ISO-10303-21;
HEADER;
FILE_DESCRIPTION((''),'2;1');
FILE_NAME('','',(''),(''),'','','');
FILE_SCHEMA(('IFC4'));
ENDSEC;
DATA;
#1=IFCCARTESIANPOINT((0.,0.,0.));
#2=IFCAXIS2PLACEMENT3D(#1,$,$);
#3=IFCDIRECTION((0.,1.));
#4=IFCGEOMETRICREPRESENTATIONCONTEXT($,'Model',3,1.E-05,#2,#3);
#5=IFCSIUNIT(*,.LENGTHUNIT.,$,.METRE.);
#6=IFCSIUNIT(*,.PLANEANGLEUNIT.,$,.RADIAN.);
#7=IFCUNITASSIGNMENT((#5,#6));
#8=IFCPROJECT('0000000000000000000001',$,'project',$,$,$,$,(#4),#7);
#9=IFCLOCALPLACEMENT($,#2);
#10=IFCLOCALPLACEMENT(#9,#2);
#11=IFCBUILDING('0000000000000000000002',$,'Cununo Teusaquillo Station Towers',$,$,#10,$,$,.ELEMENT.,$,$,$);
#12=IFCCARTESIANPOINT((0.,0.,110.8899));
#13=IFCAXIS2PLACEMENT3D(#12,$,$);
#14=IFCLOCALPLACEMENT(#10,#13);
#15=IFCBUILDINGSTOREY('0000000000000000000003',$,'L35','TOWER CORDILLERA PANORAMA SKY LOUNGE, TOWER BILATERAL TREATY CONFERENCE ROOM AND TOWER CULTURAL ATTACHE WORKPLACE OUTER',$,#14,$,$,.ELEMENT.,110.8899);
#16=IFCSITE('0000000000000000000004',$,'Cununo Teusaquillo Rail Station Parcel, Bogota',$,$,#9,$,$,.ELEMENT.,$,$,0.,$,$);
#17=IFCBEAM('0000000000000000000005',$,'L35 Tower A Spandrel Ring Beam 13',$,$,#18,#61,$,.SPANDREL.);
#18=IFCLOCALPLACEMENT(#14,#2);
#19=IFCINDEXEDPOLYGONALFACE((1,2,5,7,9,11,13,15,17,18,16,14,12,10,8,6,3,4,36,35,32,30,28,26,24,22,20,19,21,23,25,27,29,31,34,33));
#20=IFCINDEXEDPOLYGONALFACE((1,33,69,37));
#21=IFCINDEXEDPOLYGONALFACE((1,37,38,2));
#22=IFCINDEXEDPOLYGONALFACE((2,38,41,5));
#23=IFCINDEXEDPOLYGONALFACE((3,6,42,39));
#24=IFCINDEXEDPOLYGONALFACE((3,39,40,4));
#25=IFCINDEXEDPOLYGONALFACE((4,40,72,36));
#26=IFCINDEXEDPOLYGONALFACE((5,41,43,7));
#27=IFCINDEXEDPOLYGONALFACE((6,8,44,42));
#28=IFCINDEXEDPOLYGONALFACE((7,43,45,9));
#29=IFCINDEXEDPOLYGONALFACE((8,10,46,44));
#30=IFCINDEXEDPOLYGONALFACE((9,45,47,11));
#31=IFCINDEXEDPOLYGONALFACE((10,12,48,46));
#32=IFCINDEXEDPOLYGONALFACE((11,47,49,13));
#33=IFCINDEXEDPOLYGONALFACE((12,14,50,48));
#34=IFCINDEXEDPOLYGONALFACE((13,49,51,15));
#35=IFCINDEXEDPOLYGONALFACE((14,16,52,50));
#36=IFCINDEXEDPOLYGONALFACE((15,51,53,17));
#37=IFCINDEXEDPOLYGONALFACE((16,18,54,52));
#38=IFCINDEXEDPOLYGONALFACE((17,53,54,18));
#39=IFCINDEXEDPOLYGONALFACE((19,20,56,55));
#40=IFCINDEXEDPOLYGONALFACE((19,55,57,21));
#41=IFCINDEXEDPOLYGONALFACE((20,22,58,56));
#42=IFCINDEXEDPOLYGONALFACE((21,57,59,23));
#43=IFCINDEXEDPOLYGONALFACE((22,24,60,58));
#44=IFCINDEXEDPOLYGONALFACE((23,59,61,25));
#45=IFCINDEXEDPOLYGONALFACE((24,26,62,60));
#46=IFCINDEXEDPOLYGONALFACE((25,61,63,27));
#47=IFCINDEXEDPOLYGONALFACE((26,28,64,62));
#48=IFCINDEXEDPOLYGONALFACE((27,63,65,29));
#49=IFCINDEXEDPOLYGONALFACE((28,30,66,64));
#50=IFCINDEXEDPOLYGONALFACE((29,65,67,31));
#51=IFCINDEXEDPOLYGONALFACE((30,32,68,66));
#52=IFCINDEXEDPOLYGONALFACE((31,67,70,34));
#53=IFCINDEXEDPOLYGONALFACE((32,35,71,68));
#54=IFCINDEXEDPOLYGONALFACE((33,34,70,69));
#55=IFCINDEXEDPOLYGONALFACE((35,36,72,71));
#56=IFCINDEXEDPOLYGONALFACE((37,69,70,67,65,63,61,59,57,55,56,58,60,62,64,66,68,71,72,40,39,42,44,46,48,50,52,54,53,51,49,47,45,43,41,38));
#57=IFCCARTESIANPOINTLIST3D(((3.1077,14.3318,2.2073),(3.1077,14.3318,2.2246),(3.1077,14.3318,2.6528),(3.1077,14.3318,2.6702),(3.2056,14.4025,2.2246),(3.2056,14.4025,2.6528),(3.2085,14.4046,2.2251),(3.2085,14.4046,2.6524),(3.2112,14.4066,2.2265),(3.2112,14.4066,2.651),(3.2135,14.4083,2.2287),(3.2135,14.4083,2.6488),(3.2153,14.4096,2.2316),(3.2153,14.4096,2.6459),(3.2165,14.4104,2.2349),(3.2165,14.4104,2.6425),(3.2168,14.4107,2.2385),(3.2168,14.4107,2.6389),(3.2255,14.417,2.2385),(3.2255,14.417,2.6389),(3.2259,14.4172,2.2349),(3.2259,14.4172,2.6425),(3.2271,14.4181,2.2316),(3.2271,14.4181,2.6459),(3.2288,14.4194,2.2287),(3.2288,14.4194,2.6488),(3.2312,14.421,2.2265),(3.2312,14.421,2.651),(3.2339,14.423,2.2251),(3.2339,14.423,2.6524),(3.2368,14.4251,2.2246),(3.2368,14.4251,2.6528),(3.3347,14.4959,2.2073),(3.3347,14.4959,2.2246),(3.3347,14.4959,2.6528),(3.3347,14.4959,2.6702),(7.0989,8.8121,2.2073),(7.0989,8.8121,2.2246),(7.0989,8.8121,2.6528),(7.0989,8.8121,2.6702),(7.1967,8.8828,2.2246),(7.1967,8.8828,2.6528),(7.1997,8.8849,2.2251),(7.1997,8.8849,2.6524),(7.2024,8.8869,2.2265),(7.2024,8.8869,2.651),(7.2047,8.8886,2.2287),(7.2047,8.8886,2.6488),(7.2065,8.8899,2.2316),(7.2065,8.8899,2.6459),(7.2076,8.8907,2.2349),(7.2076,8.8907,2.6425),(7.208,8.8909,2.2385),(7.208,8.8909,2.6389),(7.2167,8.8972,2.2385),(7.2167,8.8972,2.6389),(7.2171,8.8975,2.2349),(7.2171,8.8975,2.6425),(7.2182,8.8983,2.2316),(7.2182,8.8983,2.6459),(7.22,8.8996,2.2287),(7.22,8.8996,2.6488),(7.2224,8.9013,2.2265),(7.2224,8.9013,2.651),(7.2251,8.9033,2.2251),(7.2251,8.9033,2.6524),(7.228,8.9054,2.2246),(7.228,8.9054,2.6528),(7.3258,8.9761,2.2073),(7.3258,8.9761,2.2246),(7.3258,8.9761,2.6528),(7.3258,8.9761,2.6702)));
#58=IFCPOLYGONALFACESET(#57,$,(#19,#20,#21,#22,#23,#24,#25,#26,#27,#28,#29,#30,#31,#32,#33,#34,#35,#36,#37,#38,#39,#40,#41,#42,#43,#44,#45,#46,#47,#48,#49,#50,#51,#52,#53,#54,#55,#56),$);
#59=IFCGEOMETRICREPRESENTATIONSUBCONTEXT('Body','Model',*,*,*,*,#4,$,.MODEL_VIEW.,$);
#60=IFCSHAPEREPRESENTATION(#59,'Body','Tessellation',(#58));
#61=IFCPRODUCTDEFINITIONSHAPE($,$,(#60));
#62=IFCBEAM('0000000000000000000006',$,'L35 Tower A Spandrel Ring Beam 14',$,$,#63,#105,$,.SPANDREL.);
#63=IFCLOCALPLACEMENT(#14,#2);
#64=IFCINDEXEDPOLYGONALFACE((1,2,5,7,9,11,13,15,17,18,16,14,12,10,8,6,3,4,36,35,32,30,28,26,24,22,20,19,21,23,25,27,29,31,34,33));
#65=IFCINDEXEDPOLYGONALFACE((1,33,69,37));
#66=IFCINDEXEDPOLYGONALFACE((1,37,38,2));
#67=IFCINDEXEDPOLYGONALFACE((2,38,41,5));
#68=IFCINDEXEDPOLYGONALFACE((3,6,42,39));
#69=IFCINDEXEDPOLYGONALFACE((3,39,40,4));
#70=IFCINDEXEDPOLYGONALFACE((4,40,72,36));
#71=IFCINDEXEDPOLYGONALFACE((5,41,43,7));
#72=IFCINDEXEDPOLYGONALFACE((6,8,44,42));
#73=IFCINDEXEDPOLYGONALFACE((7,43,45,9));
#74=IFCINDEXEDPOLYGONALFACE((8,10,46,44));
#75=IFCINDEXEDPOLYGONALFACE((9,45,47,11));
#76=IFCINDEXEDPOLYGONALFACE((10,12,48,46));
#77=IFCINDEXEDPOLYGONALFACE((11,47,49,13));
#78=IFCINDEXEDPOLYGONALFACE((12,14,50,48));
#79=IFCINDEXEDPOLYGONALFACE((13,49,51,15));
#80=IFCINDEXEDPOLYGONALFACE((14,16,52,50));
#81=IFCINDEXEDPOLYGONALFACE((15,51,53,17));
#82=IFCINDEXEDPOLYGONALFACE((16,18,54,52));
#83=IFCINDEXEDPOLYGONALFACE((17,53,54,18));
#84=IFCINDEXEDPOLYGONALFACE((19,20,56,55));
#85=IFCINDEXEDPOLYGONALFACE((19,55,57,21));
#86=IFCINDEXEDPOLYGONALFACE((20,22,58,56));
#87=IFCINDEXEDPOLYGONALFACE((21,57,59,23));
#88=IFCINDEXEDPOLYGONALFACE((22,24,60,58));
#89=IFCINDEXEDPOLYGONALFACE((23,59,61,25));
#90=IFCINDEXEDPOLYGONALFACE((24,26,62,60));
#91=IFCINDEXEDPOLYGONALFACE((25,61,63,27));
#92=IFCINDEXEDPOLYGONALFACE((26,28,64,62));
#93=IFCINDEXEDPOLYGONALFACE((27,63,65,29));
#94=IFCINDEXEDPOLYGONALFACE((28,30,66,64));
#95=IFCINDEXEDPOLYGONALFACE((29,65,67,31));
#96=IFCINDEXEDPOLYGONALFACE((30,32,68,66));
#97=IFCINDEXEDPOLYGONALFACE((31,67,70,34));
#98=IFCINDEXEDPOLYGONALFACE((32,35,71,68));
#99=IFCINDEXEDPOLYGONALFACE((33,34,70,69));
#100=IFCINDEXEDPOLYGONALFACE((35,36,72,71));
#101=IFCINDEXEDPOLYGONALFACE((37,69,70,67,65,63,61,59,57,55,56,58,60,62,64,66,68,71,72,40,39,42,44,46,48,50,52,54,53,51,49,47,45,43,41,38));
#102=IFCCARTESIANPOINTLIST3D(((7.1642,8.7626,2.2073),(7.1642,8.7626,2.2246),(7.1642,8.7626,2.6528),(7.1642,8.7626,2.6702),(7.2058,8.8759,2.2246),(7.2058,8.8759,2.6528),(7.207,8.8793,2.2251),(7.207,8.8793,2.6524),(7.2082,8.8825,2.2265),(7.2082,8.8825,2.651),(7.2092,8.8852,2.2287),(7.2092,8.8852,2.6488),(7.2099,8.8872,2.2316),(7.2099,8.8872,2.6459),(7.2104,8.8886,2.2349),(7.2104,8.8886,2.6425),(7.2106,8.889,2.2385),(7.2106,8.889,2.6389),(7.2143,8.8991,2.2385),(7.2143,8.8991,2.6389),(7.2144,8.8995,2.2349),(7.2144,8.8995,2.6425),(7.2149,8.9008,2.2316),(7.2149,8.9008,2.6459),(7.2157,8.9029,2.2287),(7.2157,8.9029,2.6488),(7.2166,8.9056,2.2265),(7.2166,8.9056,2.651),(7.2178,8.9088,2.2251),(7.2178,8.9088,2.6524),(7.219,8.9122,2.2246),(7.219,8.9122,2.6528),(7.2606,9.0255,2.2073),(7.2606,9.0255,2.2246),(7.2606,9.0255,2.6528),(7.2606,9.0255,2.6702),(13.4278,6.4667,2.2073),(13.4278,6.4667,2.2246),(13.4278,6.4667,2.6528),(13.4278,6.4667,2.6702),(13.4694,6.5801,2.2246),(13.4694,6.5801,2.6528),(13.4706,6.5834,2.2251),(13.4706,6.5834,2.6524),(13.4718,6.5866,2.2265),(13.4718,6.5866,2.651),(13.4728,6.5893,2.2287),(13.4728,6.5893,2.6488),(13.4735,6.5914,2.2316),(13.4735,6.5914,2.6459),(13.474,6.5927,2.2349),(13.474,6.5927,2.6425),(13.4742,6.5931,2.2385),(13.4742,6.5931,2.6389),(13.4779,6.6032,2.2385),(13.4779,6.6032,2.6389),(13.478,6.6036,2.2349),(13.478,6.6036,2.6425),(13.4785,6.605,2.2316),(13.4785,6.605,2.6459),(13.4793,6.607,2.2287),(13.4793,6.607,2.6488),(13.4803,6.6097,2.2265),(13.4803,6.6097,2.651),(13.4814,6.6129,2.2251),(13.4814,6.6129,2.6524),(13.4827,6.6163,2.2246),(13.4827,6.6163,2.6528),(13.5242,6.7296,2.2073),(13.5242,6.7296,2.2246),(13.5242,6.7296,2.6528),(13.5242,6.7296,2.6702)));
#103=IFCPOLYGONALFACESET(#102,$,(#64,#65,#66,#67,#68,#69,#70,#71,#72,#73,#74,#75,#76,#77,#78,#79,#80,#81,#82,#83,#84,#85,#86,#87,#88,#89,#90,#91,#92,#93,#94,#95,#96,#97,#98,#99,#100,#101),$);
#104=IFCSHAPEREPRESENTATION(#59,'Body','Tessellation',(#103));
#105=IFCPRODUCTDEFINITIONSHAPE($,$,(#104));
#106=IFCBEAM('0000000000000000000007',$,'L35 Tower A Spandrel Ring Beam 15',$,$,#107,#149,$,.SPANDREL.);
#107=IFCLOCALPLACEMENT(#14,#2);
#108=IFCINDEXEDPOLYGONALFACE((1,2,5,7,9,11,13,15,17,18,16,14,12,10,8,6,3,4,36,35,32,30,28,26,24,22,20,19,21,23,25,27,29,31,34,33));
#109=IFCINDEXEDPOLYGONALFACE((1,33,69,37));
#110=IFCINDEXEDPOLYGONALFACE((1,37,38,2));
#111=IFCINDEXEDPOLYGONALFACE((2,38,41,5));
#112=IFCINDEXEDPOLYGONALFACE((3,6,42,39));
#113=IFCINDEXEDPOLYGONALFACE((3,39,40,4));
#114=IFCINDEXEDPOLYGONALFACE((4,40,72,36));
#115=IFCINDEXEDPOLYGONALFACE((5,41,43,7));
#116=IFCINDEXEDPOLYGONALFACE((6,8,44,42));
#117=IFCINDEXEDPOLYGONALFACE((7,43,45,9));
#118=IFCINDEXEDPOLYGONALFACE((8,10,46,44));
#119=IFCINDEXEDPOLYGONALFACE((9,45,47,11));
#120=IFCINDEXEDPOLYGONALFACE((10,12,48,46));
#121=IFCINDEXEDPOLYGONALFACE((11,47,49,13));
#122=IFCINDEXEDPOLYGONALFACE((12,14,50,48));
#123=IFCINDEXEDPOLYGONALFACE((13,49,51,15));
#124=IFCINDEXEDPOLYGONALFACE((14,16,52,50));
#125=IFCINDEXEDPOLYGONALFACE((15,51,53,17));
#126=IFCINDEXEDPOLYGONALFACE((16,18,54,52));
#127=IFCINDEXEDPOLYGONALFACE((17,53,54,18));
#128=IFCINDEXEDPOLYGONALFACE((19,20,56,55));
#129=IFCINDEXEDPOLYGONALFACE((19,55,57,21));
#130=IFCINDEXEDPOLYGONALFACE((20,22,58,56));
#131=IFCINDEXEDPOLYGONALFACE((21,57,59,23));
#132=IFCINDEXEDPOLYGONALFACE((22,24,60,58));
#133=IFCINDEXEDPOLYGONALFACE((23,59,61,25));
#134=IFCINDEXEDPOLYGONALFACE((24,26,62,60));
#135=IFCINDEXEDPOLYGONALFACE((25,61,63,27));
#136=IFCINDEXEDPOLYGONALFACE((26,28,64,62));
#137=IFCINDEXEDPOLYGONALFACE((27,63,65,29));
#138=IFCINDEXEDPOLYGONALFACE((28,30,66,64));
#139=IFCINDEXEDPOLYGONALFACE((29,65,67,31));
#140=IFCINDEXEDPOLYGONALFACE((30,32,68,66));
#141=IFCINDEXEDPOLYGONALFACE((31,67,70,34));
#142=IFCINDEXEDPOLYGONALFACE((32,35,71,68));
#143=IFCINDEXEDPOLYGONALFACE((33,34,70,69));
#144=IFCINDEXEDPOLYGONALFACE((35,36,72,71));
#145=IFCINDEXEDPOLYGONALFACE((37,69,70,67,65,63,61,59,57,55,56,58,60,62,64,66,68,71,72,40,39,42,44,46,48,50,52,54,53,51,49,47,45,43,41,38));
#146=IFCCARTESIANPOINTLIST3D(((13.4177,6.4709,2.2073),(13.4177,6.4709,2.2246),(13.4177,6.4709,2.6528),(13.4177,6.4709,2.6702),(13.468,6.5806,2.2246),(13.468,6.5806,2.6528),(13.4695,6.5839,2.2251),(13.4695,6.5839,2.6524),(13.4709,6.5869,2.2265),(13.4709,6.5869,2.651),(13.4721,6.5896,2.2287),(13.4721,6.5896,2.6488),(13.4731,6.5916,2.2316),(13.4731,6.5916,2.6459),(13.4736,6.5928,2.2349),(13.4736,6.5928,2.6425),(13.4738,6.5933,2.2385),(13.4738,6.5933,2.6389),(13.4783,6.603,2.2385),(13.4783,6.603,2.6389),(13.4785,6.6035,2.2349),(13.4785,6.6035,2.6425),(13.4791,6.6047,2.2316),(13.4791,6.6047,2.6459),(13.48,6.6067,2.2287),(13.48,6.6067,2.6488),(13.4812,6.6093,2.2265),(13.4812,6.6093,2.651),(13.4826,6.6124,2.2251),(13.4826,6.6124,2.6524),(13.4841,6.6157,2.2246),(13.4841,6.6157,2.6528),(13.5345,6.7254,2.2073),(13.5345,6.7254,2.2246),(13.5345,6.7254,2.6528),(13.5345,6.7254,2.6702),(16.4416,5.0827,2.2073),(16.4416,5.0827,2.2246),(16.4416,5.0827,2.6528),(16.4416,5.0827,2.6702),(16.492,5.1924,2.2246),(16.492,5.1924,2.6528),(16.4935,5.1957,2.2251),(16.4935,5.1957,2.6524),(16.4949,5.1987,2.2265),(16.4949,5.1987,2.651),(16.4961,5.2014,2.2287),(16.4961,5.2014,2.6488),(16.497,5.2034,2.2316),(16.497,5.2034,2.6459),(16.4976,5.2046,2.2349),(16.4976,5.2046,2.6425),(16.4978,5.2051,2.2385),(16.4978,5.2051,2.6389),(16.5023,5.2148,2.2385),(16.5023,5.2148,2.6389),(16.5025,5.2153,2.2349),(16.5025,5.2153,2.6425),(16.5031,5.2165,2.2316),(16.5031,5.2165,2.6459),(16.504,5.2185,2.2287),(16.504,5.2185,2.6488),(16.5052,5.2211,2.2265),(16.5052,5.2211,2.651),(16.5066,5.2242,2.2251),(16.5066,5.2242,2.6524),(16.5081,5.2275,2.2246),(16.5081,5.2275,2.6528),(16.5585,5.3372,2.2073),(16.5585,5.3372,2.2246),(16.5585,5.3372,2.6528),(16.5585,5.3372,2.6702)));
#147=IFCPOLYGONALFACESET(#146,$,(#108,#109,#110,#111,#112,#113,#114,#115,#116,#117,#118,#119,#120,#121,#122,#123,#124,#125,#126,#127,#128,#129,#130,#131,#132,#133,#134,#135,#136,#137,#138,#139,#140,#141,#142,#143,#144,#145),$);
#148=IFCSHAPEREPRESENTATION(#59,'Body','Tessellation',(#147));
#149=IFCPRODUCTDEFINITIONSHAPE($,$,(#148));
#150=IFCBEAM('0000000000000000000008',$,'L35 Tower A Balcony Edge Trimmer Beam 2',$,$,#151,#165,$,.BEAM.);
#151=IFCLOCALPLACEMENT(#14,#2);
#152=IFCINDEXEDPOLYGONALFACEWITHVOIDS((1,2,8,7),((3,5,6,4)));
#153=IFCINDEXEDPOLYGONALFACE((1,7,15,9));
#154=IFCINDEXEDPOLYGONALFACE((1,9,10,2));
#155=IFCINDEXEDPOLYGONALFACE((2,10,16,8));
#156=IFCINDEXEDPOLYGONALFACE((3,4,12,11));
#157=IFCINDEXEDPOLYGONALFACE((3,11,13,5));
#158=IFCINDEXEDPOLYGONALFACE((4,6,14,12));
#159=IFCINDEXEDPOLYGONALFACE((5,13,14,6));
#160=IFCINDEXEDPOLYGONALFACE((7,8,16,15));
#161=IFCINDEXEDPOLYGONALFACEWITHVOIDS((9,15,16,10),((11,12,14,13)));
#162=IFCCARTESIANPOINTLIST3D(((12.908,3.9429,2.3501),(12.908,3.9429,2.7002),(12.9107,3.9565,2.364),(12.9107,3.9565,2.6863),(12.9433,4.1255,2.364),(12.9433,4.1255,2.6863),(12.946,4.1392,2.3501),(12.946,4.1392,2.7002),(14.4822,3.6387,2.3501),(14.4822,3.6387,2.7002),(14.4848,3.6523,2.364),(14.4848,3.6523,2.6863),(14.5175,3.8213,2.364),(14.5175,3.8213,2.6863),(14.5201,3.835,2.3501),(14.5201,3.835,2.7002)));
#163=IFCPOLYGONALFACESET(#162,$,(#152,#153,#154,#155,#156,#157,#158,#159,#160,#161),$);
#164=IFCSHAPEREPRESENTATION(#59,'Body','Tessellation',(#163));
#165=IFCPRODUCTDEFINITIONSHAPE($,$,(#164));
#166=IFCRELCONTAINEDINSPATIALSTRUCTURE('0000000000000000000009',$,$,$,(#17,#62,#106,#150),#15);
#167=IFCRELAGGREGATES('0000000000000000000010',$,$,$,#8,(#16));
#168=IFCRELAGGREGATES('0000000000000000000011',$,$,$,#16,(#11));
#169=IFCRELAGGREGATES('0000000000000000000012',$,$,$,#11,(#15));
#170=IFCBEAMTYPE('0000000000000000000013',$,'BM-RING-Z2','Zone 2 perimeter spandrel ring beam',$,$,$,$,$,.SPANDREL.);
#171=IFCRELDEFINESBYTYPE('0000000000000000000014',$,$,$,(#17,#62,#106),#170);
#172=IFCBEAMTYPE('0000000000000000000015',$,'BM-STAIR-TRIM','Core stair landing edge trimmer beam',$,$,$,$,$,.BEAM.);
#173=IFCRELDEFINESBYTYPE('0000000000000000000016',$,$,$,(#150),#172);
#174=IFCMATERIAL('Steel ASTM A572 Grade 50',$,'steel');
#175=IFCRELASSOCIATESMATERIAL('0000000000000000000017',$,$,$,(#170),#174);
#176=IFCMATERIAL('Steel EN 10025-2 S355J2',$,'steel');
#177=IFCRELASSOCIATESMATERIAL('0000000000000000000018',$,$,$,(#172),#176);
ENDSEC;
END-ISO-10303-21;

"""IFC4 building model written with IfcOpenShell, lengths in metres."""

from ifc_helpers import new_model, si_unit, direction, frame, origin, origin_2d, place, context, subcontext, project, spatial, hollow_rectangle, i_section, extrude, material, material_profile, profile_set, type_object, element, save


model = new_model("IFC4")

# Units and contexts
model_context = context("Model", 3, precision=1e-05, world=origin(), true_north=direction((0.0, 1.0)))
body_context = subcontext(model_context, "Body", "Model", "MODEL_VIEW")
ifc_project = project(units=[si_unit("LENGTHUNIT", "METRE"), si_unit("PLANEANGLEUNIT", "RADIAN")], contexts=[model_context])

# Site, building, storey
site_placement = place(None, origin())
site = spatial("IfcSite", under=ifc_project, at=site_placement, Name="Cununo Teusaquillo Rail Station Parcel, Bogota", CompositionType="ELEMENT", RefElevation=0.0)
building_placement = place(site_placement, origin())
building = spatial("IfcBuilding", under=site, at=building_placement, Name="Cununo Teusaquillo Station Towers", CompositionType="ELEMENT")
storey_placement = place(building_placement, frame((0.0, 0.0, 110.8899)))
storey = spatial("IfcBuildingStorey", under=building, at=storey_placement, Name="L35", Description="TOWER CORDILLERA PANORAMA SKY LOUNGE, TOWER BILATERAL TREATY CONFERENCE ROOM AND TOWER CULTURAL ATTACHE WORKPLACE OUTER", CompositionType="ELEMENT", Elevation=110.8899)

# Beams
ifc_material_1 = material(Name="Steel ASTM A572 Grade 50", Category="steel")
ifc_material_profile_1 = material_profile(ifc_material_1, i_section(OverallWidth=0.28, OverallDepth=0.4629, WebThickness=0.0107, FlangeThickness=0.0173, FilletRadius=0.0139, at=origin_2d()), Name="W18X76")
ifc_profile_set_1 = profile_set([ifc_material_profile_1], Name="Steel ASTM A572 Grade 50")
beam_type_1 = type_object("IfcBeamType", Name="BM-RING-Z2", Description="Zone 2 perimeter spandrel ring beam", PredefinedType="SPANDREL", material=ifc_profile_set_1)
beam_1_placement = place(storey_placement, frame((3.2212, 14.4138, 2.4387), z_axis=(0.585945, -0.810351, 0.0), x_axis=(0.810351, 0.585945, 0.0)))
element("IfcBeam", 1, at=beam_1_placement, inside=storey, type_object=beam_type_1, Name="L35 Tower A Spandrel Ring Beam 13", PredefinedType="SPANDREL", context=body_context, shape_type="SweptSolid", body=[
    extrude(i_section(OverallWidth=0.28, OverallDepth=0.4629, WebThickness=0.0107, FlangeThickness=0.0173, FilletRadius=0.0139, at=origin_2d()), origin(), (0.0, 0.0, 1.0), 6.8115),
])
beam_2_placement = place(storey_placement, frame((7.2124, 8.894, 2.4387), z_axis=(0.938914, -0.344151, 0.0), x_axis=(0.344151, 0.938914, 0.0)))
element("IfcBeam", 2, at=beam_2_placement, inside=storey, type_object=beam_type_1, Name="L35 Tower A Spandrel Ring Beam 14", PredefinedType="SPANDREL", context=body_context, shape_type="SweptSolid", body=[
    extrude(i_section(OverallWidth=0.28, OverallDepth=0.4629, WebThickness=0.0107, FlangeThickness=0.0173, FilletRadius=0.0139, at=origin_2d()), origin(), (0.0, 0.0, 1.0), 6.6711),
])
beam_3_placement = place(storey_placement, frame((13.4761, 6.5981, 2.4387), z_axis=(0.908812, -0.417205, 0.0), x_axis=(0.417205, 0.908812, 0.0)))
element("IfcBeam", 3, at=beam_3_placement, inside=storey, type_object=beam_type_1, Name="L35 Tower A Spandrel Ring Beam 15", PredefinedType="SPANDREL", context=body_context, shape_type="SweptSolid", body=[
    extrude(i_section(OverallWidth=0.28, OverallDepth=0.4629, WebThickness=0.0107, FlangeThickness=0.0173, FilletRadius=0.0139, at=origin_2d()), origin(), (0.0, 0.0, 1.0), 3.3274),
])
ifc_material_2 = material(Name="Steel EN 10025-2 S355J2", Category="steel")
ifc_material_profile_2 = material_profile(ifc_material_2, hollow_rectangle(XDim=0.2, YDim=0.3501, WallThickness=0.0139, at=origin_2d()), Name="RHS 350x200x14")
ifc_profile_set_2 = profile_set([ifc_material_profile_2], Name="Steel EN 10025-2 S355J2")
beam_type_2 = type_object("IfcBeamType", Name="BM-STAIR-TRIM", Description="Core stair landing edge trimmer beam", PredefinedType="BEAM", material=ifc_profile_set_2)
beam_4_placement = place(storey_placement, frame((12.927, 4.041, 2.5251), z_axis=(0.981837, -0.189728, 0.0), x_axis=(0.189728, 0.981837, 0.0)))
element("IfcBeam", 4, at=beam_4_placement, inside=storey, type_object=beam_type_2, Name="L35 Tower A Balcony Edge Trimmer Beam 2", PredefinedType="BEAM", context=body_context, shape_type="SweptSolid", body=[
    extrude(hollow_rectangle(XDim=0.2, YDim=0.3501, WallThickness=0.0139, at=origin_2d()), origin(), (0.0, 0.0, 1.0), 1.6033),
])

save(model, "model.ifc")
